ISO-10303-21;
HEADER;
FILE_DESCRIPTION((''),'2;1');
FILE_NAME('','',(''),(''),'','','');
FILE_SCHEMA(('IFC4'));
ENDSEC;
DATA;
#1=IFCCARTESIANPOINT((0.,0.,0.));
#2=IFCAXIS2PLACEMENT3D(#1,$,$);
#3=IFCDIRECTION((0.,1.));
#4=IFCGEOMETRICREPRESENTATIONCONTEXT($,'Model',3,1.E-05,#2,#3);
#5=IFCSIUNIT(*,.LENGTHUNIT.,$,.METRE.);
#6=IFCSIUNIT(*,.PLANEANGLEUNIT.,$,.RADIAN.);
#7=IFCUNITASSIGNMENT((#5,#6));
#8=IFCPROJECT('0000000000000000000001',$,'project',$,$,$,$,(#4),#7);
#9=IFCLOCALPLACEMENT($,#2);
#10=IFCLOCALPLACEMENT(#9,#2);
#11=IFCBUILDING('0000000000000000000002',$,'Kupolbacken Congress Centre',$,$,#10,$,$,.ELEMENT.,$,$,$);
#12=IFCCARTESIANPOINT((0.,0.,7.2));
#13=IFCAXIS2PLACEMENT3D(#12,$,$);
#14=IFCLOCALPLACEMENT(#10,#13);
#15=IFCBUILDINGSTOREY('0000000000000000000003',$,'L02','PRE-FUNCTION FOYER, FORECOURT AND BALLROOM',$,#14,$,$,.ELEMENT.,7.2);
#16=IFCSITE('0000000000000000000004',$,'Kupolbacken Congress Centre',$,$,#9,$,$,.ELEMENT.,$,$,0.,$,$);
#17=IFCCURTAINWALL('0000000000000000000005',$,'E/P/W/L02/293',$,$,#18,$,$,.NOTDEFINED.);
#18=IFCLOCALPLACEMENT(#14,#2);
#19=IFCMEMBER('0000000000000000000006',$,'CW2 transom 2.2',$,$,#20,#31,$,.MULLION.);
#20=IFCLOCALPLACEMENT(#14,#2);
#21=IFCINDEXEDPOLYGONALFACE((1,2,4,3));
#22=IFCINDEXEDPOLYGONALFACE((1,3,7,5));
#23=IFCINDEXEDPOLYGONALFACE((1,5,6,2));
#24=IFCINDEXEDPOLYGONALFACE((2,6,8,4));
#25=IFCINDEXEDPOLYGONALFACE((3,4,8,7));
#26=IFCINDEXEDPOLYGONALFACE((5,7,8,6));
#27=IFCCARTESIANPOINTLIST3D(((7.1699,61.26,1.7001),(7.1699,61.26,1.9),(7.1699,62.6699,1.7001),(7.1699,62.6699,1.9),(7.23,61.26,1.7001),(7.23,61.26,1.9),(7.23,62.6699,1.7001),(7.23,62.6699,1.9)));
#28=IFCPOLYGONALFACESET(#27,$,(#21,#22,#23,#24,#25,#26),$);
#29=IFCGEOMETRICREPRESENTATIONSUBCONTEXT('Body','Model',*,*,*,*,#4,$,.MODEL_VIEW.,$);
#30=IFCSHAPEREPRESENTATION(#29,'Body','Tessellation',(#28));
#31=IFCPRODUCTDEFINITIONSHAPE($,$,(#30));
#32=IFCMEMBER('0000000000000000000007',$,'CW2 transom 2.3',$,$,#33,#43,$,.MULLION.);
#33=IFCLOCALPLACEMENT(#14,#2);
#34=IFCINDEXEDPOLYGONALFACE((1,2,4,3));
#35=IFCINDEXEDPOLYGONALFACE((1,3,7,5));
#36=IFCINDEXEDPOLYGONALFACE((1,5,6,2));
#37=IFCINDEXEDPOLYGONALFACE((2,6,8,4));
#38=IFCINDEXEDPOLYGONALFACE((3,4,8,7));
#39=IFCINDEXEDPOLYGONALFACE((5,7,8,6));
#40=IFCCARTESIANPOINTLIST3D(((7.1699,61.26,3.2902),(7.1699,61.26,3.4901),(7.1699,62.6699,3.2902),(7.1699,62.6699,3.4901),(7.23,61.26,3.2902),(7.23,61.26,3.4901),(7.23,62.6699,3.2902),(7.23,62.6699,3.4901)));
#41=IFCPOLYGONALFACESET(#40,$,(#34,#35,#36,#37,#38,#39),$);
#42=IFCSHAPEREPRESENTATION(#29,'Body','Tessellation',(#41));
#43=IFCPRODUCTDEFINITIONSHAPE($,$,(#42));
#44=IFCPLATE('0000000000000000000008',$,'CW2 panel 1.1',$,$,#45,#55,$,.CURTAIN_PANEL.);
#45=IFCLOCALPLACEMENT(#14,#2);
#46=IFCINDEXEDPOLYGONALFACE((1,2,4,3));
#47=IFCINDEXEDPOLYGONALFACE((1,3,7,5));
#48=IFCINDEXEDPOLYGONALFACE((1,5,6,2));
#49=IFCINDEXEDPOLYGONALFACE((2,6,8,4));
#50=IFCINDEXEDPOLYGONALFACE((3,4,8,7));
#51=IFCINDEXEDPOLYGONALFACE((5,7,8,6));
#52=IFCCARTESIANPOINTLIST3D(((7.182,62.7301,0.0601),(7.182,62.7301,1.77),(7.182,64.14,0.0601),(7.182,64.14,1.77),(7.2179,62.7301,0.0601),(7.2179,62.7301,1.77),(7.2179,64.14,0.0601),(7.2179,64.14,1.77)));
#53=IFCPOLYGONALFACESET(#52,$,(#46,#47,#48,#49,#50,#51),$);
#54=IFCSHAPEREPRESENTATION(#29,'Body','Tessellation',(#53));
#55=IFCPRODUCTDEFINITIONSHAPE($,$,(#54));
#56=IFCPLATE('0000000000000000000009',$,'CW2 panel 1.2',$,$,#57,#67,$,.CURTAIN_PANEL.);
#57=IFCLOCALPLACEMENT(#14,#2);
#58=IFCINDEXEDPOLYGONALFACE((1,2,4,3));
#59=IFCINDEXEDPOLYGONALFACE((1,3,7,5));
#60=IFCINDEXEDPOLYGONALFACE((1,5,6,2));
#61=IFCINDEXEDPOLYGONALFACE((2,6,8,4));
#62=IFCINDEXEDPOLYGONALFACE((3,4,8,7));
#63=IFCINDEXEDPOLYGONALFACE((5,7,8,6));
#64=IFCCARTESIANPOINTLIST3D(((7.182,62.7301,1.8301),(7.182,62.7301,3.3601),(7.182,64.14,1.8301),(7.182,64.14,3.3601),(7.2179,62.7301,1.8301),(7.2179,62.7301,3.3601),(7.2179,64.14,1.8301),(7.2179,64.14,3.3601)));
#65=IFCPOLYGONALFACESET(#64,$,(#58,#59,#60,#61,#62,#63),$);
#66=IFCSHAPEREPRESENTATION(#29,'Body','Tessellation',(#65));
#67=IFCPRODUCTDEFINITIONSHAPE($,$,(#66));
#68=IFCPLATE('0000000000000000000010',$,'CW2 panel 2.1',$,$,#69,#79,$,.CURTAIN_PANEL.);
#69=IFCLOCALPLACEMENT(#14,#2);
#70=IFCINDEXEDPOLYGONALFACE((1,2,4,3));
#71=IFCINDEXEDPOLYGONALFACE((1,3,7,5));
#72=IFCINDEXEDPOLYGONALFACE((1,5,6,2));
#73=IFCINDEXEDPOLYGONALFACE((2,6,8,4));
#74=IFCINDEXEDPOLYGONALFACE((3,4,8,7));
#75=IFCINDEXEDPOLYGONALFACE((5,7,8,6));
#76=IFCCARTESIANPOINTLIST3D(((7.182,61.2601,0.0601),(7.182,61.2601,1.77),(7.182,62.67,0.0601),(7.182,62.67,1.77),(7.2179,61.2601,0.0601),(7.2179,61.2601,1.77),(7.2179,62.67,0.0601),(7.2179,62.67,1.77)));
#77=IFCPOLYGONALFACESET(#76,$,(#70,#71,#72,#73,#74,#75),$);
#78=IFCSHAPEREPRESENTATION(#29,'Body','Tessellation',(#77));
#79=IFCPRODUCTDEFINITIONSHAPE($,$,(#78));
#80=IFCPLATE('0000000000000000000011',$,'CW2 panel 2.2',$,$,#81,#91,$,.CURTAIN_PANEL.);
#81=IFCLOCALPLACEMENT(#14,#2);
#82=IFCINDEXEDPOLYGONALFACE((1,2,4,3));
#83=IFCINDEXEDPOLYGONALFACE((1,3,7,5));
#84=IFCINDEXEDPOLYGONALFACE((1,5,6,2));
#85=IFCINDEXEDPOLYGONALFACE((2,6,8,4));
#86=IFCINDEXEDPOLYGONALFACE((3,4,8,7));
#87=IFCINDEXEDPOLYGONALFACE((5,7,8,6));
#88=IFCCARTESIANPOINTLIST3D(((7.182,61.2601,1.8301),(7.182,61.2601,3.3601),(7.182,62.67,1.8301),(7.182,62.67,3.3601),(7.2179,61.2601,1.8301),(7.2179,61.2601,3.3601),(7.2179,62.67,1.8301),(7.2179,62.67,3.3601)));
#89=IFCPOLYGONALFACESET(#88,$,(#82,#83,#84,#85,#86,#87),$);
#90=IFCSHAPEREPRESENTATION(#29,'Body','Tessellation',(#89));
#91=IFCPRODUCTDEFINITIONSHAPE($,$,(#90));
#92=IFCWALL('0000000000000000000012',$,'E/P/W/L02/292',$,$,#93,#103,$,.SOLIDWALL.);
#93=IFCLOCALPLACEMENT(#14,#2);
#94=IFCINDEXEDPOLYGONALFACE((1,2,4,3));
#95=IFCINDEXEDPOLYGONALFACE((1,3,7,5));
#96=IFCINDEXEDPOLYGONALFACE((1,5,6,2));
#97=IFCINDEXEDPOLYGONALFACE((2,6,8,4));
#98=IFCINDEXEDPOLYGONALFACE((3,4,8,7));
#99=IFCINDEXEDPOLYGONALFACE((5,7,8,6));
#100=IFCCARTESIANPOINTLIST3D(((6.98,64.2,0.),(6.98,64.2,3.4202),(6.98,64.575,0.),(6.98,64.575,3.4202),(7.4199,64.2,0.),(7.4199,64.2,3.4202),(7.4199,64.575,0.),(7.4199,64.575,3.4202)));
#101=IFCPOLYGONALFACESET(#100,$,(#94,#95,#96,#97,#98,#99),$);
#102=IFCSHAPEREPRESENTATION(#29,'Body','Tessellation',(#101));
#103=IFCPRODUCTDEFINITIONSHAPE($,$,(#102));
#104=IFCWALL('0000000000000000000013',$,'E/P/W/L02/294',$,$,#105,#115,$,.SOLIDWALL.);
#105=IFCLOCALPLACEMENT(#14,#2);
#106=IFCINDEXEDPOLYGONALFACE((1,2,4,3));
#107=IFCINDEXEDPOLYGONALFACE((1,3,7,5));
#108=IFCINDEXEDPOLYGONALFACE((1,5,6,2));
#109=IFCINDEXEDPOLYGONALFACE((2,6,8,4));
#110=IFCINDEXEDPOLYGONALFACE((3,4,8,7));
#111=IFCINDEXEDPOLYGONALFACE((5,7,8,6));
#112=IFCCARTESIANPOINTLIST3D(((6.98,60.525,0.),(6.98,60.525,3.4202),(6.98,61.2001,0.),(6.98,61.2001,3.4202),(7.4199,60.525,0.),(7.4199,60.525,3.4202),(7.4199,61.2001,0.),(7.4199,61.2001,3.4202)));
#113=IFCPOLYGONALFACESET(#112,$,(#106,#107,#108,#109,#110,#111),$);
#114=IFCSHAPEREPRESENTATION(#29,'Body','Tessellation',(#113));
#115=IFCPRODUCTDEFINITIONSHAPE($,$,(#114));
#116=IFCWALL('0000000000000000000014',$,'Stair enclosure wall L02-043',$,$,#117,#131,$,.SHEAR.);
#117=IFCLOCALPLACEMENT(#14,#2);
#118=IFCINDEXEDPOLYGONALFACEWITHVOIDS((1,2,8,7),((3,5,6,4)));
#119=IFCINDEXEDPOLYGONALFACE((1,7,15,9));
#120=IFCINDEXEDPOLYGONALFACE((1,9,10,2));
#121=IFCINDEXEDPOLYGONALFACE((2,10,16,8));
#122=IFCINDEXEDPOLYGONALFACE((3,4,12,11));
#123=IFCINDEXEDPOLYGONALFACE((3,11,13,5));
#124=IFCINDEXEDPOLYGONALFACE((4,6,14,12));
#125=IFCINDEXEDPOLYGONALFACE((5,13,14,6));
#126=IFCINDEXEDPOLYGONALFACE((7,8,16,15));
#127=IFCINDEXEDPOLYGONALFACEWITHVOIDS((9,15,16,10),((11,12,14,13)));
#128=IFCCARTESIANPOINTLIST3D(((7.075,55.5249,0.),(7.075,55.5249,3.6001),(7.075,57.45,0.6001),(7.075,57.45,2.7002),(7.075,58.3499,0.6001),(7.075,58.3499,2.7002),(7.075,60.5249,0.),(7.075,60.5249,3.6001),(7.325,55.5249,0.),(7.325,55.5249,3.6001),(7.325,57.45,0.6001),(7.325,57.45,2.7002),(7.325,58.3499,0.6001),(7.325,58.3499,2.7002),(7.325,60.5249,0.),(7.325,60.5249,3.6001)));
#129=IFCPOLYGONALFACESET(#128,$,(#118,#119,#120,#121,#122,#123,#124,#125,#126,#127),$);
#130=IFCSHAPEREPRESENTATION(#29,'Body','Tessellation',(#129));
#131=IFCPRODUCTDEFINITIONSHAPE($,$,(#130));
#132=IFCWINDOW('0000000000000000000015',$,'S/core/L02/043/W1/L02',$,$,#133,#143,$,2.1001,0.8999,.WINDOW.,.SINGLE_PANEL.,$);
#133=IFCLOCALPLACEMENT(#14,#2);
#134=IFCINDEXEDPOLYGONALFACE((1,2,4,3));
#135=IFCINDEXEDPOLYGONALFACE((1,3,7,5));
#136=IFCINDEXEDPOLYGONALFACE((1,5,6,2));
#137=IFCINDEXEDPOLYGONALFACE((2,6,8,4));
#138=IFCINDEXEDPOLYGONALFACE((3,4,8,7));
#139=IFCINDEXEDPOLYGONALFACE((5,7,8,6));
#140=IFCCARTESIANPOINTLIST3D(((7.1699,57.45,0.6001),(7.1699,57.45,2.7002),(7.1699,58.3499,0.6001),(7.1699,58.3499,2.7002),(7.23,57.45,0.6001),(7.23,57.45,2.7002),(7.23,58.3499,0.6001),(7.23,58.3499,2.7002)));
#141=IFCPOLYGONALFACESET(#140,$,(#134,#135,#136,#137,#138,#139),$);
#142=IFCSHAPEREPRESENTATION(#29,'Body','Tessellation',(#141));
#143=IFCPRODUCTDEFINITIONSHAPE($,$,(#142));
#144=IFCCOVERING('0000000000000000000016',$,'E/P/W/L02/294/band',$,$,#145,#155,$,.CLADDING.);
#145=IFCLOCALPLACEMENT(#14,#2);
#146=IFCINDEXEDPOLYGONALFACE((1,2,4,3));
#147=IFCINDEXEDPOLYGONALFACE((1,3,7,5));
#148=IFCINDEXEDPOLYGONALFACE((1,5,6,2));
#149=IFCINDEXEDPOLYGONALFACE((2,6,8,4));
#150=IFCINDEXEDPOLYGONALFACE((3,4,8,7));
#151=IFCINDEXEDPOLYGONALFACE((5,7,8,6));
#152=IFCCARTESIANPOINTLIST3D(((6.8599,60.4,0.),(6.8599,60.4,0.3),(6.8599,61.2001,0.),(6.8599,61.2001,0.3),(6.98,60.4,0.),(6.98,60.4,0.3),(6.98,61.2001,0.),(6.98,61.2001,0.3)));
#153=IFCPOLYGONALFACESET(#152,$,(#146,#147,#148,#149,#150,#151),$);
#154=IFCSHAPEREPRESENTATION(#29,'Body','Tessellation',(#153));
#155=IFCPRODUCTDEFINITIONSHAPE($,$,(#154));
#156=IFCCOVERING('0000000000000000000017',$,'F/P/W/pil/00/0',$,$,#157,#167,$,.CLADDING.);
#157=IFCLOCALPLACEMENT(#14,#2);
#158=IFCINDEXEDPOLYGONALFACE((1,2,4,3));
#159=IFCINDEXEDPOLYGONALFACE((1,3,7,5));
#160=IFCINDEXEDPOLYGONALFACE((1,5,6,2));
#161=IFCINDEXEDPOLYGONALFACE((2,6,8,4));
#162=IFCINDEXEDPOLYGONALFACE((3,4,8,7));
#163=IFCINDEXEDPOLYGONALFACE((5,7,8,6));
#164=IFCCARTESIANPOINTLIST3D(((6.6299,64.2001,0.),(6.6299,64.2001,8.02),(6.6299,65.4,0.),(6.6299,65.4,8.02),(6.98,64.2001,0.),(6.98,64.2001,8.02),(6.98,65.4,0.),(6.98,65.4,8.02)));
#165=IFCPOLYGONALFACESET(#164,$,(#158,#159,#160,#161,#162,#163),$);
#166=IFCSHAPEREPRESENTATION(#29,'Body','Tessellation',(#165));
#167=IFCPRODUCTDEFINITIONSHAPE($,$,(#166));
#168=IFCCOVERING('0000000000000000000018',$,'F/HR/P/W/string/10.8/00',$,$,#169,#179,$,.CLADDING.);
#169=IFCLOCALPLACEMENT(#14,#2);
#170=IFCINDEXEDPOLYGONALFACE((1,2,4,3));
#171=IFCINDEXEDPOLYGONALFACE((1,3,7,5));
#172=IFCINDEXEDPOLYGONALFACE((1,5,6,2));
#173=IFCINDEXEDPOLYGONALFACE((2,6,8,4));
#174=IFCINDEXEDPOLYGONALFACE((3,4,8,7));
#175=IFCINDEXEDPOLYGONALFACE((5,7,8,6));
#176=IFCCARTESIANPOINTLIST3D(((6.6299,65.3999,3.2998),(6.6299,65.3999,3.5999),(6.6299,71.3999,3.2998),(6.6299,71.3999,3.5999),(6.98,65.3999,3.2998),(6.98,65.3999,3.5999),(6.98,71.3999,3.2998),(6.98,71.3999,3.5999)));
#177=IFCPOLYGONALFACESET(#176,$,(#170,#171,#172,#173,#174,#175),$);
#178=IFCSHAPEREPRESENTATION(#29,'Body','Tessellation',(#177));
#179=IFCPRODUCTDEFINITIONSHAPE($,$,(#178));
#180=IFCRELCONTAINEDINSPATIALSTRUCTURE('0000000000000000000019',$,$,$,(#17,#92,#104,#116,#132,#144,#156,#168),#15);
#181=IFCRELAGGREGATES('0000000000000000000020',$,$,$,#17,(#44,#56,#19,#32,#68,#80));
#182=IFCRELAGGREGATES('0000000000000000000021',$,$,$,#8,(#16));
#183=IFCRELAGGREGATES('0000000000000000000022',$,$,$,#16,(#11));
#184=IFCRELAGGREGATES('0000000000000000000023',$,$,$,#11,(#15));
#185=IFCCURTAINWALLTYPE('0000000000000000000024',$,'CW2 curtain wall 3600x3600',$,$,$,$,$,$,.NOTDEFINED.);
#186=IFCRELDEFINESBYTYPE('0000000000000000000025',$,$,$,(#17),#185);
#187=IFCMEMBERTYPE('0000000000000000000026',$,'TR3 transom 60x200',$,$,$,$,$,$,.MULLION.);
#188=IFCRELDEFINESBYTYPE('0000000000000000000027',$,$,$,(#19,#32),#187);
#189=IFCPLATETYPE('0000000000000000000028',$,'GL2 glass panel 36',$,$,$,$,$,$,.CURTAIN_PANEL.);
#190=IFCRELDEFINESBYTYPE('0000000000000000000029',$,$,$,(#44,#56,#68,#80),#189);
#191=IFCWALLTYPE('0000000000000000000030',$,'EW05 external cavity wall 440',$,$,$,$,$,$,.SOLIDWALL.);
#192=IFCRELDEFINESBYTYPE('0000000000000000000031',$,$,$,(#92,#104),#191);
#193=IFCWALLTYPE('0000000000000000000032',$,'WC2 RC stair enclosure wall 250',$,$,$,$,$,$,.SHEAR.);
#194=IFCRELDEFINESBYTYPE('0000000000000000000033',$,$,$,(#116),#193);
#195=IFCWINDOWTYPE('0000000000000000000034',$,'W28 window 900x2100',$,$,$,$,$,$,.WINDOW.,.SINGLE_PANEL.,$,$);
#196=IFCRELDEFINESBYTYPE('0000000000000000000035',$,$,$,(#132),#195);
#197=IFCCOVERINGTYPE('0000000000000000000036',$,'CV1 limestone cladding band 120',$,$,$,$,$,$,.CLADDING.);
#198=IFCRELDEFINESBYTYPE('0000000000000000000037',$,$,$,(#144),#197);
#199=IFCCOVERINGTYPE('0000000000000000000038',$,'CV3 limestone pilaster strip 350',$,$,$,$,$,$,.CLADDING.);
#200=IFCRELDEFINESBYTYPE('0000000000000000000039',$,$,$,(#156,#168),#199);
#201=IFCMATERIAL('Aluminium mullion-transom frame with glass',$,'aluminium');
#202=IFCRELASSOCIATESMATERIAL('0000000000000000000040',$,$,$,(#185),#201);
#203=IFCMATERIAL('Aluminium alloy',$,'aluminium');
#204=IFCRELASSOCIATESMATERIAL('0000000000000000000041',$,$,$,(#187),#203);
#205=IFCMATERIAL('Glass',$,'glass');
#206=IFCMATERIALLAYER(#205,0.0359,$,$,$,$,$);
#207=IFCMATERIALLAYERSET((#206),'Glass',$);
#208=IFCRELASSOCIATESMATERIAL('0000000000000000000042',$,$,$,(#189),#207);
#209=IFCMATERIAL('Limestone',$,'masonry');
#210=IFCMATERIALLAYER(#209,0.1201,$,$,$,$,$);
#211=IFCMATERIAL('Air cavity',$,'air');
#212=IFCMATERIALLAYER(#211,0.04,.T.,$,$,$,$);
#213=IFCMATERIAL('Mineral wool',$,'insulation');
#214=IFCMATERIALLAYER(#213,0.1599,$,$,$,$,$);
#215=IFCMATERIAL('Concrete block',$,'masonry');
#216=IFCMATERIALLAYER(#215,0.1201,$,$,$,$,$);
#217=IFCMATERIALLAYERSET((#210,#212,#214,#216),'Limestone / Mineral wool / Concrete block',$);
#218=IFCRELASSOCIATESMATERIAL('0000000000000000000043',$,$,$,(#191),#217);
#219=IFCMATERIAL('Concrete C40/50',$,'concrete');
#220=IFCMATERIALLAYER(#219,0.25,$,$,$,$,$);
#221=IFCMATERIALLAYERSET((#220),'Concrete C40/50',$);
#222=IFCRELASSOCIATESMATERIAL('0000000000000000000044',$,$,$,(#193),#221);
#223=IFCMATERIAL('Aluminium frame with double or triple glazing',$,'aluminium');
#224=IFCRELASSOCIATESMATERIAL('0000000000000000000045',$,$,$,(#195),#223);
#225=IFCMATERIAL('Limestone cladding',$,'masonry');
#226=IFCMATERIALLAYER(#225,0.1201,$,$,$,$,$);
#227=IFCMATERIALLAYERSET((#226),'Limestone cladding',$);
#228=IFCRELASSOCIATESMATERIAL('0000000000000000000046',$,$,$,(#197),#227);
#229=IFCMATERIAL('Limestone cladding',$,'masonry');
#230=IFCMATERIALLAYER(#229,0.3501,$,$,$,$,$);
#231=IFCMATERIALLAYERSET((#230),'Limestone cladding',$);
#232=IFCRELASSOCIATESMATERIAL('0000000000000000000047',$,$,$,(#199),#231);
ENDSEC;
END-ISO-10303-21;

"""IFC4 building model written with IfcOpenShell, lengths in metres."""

from ifc_helpers import new_model, si_unit, direction, frame, frame_2d, origin, origin_2d, place, context, subcontext, project, spatial, rectangle, extrude, material, layer, layer_set, material_profile, profile_set, type_object, element, fill, aggregate, save


model = new_model("IFC4")

# Units and contexts
model_context = context("Model", 3, precision=1e-05, world=origin(), true_north=direction((0.0, 1.0)))
body_context = subcontext(model_context, "Body", "Model", "MODEL_VIEW")
ifc_project = project(units=[si_unit("LENGTHUNIT", "METRE"), si_unit("PLANEANGLEUNIT", "RADIAN")], contexts=[model_context])

# Site, building, storey
site_placement = place(None, origin())
site = spatial("IfcSite", under=ifc_project, at=site_placement, Name="Kupolbacken Congress Centre", CompositionType="ELEMENT", RefElevation=0.0)
building_placement = place(site_placement, origin())
building = spatial("IfcBuilding", under=site, at=building_placement, Name="Kupolbacken Congress Centre", CompositionType="ELEMENT")
storey_placement = place(building_placement, frame((0.0, 0.0, 7.2)))
storey = spatial("IfcBuildingStorey", under=building, at=storey_placement, Name="L02", Description="PRE-FUNCTION FOYER, FORECOURT AND BALLROOM", CompositionType="ELEMENT", Elevation=7.2)

# Curtain wall, members, plates
ifc_material_1 = material(Name="Aluminium mullion-transom frame with glass", Category="aluminium")
curtain_wall_type = type_object("IfcCurtainWallType", Name="CW2 curtain wall 3600x3600", PredefinedType="NOTDEFINED", material=ifc_material_1)
curtain_wall_placement = place(storey_placement, origin())
curtain_wall = element("IfcCurtainWall", 1, at=curtain_wall_placement, inside=storey, type_object=curtain_wall_type, Name="E/P/W/L02/293", PredefinedType="NOTDEFINED")
ifc_material_2 = material(Name="Aluminium alloy", Category="aluminium")
ifc_material_profile_1 = material_profile(ifc_material_2, rectangle(XDim=0.0601, YDim=0.2, at=origin_2d()), Name="60 x 200")
ifc_profile_set_1 = profile_set([ifc_material_profile_1], Name="Aluminium alloy")
member_type_1 = type_object("IfcMemberType", Name="TR3 transom 60x200", PredefinedType="MULLION", material=ifc_profile_set_1)
member_1_placement = place(storey_placement, frame((7.2, 62.6699, 1.8), z_axis=(0.0, -1.0, 0.0), x_axis=(1.0, 0.0, 0.0)))
member_1 = element("IfcMember", 2, at=member_1_placement, type_object=member_type_1, Name="CW2 transom 2.2", PredefinedType="MULLION", context=body_context, shape_type="SweptSolid", body=[
    extrude(rectangle(XDim=0.0601, YDim=0.2, at=origin_2d()), origin(), (0.0, 0.0, 1.0), 1.4099),
])
member_2_placement = place(storey_placement, frame((7.2, 62.6699, 3.3901), z_axis=(0.0, -1.0, 0.0), x_axis=(1.0, 0.0, 0.0)))
member_2 = element("IfcMember", 3, at=member_2_placement, type_object=member_type_1, Name="CW2 transom 2.3", PredefinedType="MULLION", context=body_context, shape_type="SweptSolid", body=[
    extrude(rectangle(XDim=0.0601, YDim=0.2, at=origin_2d()), origin(), (0.0, 0.0, 1.0), 1.4099),
])
ifc_material_3 = material(Name="Glass", Category="glass")
ifc_layer_1 = layer(ifc_material_3, 0.0359)
ifc_layer_set_1 = layer_set([ifc_layer_1], Name="Glass")
plate_type = type_object("IfcPlateType", Name="GL2 glass panel 36", PredefinedType="CURTAIN_PANEL", material=ifc_layer_set_1)
plate_1_placement = place(storey_placement, frame((7.2, 63.4351, 0.0601), z_axis=(0.0, 0.0, 1.0), x_axis=(0.0, -1.0, 0.0)))
plate_1 = element("IfcPlate", 4, at=plate_1_placement, type_object=plate_type, Name="CW2 panel 1.1", PredefinedType="CURTAIN_PANEL", context=body_context, shape_type="SweptSolid", body=[
    extrude(rectangle(XDim=1.4099, YDim=0.0359, at=origin_2d()), origin(), (0.0, 0.0, 1.0), 1.71),
])
plate_2_placement = place(storey_placement, frame((7.2, 63.4351, 1.8301), z_axis=(0.0, 0.0, 1.0), x_axis=(0.0, -1.0, 0.0)))
plate_2 = element("IfcPlate", 5, at=plate_2_placement, type_object=plate_type, Name="CW2 panel 1.2", PredefinedType="CURTAIN_PANEL", context=body_context, shape_type="SweptSolid", body=[
    extrude(rectangle(XDim=1.4099, YDim=0.0359, at=origin_2d()), origin(), (0.0, 0.0, 1.0), 1.53),
])
plate_3_placement = place(storey_placement, frame((7.2, 61.9651, 0.0601), z_axis=(0.0, 0.0, 1.0), x_axis=(0.0, -1.0, 0.0)))
plate_3 = element("IfcPlate", 6, at=plate_3_placement, type_object=plate_type, Name="CW2 panel 2.1", PredefinedType="CURTAIN_PANEL", context=body_context, shape_type="SweptSolid", body=[
    extrude(rectangle(XDim=1.4099, YDim=0.0359, at=origin_2d()), origin(), (0.0, 0.0, 1.0), 1.71),
])
plate_4_placement = place(storey_placement, frame((7.2, 61.9651, 1.8301), z_axis=(0.0, 0.0, 1.0), x_axis=(0.0, -1.0, 0.0)))
plate_4 = element("IfcPlate", 7, at=plate_4_placement, type_object=plate_type, Name="CW2 panel 2.2", PredefinedType="CURTAIN_PANEL", context=body_context, shape_type="SweptSolid", body=[
    extrude(rectangle(XDim=1.4099, YDim=0.0359, at=origin_2d()), origin(), (0.0, 0.0, 1.0), 1.53),
])
aggregate(curtain_wall, [plate_1, plate_2, member_1, member_2, plate_3, plate_4])

# Walls
ifc_material_4 = material(Name="Limestone", Category="masonry")
ifc_layer_2 = layer(ifc_material_4, 0.1201)
ifc_material_5 = material(Name="Air cavity", Category="air")
ifc_layer_3 = layer(ifc_material_5, 0.04, ventilated=True)
ifc_material_6 = material(Name="Mineral wool", Category="insulation")
ifc_layer_4 = layer(ifc_material_6, 0.1599)
ifc_material_7 = material(Name="Concrete block", Category="masonry")
ifc_layer_5 = layer(ifc_material_7, 0.1201)
ifc_layer_set_2 = layer_set([ifc_layer_2, ifc_layer_3, ifc_layer_4, ifc_layer_5], Name="Limestone / Mineral wool / Concrete block")
wall_type_1 = type_object("IfcWallType", Name="EW05 external cavity wall 440", PredefinedType="SOLIDWALL", material=ifc_layer_set_2)
wall_1_placement = place(storey_placement, frame((7.2, 64.575, 0.0), z_axis=(0.0, 0.0, 1.0), x_axis=(0.0, -1.0, 0.0)))
element("IfcWall", 8, at=wall_1_placement, inside=storey, type_object=wall_type_1, Name="E/P/W/L02/292", PredefinedType="SOLIDWALL", context=body_context, shape_type="SweptSolid", body=[
    extrude(rectangle(XDim=0.375, YDim=0.4399, at=frame_2d((0.1875, 0.0))), origin(), (0.0, 0.0, 1.0), 3.4202),
])
wall_2_placement = place(storey_placement, frame((7.2, 61.2, 0.0), z_axis=(0.0, 0.0, 1.0), x_axis=(0.0, -1.0, 0.0)))
element("IfcWall", 9, at=wall_2_placement, inside=storey, type_object=wall_type_1, Name="E/P/W/L02/294", PredefinedType="SOLIDWALL", context=body_context, shape_type="SweptSolid", body=[
    extrude(rectangle(XDim=0.675, YDim=0.4399, at=frame_2d((0.3374, 0.0))), origin(), (0.0, 0.0, 1.0), 3.4202),
])

# Wall, opening, window
ifc_material_8 = material(Name="Concrete C40/50", Category="concrete")
ifc_layer_6 = layer(ifc_material_8, 0.25)
ifc_layer_set_3 = layer_set([ifc_layer_6], Name="Concrete C40/50")
wall_type_2 = type_object("IfcWallType", Name="WC2 RC stair enclosure wall 250", PredefinedType="SHEAR", material=ifc_layer_set_3)
wall_3_placement = place(storey_placement, frame((7.2, 60.5249, 0.0), z_axis=(0.0, 0.0, 1.0), x_axis=(0.0, -1.0, 0.0)))
wall_3 = element("IfcWall", 10, at=wall_3_placement, inside=storey, type_object=wall_type_2, Name="Stair enclosure wall L02-043", PredefinedType="SHEAR", context=body_context, shape_type="SweptSolid", body=[
    extrude(rectangle(XDim=5.0, YDim=0.25, at=frame_2d((2.5, 0.0))), origin(), (0.0, 0.0, 1.0), 3.6001),
])
opening_placement = place(wall_3_placement, frame((2.175, 0.0, 0.6001)))
opening = element("IfcOpeningElement", 11, at=opening_placement, cuts=wall_3, PredefinedType="OPENING", context=body_context, shape_type="SweptSolid", body=[
    extrude(rectangle(XDim=0.8999, YDim=2.1001, at=frame_2d((0.45, 1.05))), frame((0.0, 0.135, 0.0), z_axis=(0.0, -1.0, 0.0), x_axis=(1.0, 0.0, 0.0)), (0.0, 0.0, 1.0), 0.27),
])
ifc_material_9 = material(Name="Aluminium frame with double or triple glazing", Category="aluminium")
window_type = type_object("IfcWindowType", Name="W28 window 900x2100", PartitioningType="SINGLE_PANEL", PredefinedType="WINDOW", material=ifc_material_9)
window_placement = place(opening_placement, origin())
window = element("IfcWindow", 12, at=window_placement, inside=storey, type_object=window_type, Name="S/core/L02/043/W1/L02", OverallHeight=2.1001, OverallWidth=0.8999, PartitioningType="SINGLE_PANEL", PredefinedType="WINDOW", context=body_context, shape_type="SweptSolid", body=[
    extrude(rectangle(XDim=0.8999, YDim=2.1001, at=frame_2d((0.45, 1.05))), frame((0.0, 0.03, 0.0), z_axis=(0.0, -1.0, 0.0), x_axis=(1.0, 0.0, 0.0)), (0.0, 0.0, 1.0), 0.0601),
])
fill(opening, window)

# Coverings
ifc_material_10 = material(Name="Limestone cladding", Category="masonry")
ifc_layer_7 = layer(ifc_material_10, 0.1201)
ifc_layer_set_4 = layer_set([ifc_layer_7], Name="Limestone cladding")
covering_type_1 = type_object("IfcCoveringType", Name="CV1 limestone cladding band 120", PredefinedType="CLADDING", material=ifc_layer_set_4)
covering_1_placement = place(storey_placement, frame((6.9199, 60.8, 0.0), z_axis=(0.0, 0.0, 1.0), x_axis=(0.0, -1.0, 0.0)))
element("IfcCovering", 13, at=covering_1_placement, inside=storey, type_object=covering_type_1, Name="E/P/W/L02/294/band", PredefinedType="CLADDING", context=body_context, shape_type="SweptSolid", body=[
    extrude(rectangle(XDim=0.8, YDim=0.1201, at=origin_2d()), origin(), (0.0, 0.0, 1.0), 0.3),
])
ifc_material_11 = material(Name="Limestone cladding", Category="masonry")
ifc_layer_8 = layer(ifc_material_11, 0.3501)
ifc_layer_set_5 = layer_set([ifc_layer_8], Name="Limestone cladding")
covering_type_2 = type_object("IfcCoveringType", Name="CV3 limestone pilaster strip 350", PredefinedType="CLADDING", material=ifc_layer_set_5)
covering_2_placement = place(storey_placement, frame((6.8049, 64.8, 0.0), z_axis=(0.0, 0.0, 1.0), x_axis=(0.0, 1.0, 0.0)))
element("IfcCovering", 14, at=covering_2_placement, inside=storey, type_object=covering_type_2, Name="F/P/W/pil/00/0", PredefinedType="CLADDING", context=body_context, shape_type="SweptSolid", body=[
    extrude(rectangle(XDim=1.2, YDim=0.3501, at=origin_2d()), origin(), (0.0, 0.0, 1.0), 8.02),
])
covering_3_placement = place(storey_placement, frame((6.8049, 68.3999, 3.2998), z_axis=(0.0, 0.0, 1.0), x_axis=(0.0, 1.0, 0.0)))
element("IfcCovering", 15, at=covering_3_placement, inside=storey, type_object=covering_type_2, Name="F/HR/P/W/string/10.8/00", PredefinedType="CLADDING", context=body_context, shape_type="SweptSolid", body=[
    extrude(rectangle(XDim=6.0, YDim=0.3501, at=origin_2d()), origin(), (0.0, 0.0, 1.0), 0.3),
])

save(model, "model.ifc")
